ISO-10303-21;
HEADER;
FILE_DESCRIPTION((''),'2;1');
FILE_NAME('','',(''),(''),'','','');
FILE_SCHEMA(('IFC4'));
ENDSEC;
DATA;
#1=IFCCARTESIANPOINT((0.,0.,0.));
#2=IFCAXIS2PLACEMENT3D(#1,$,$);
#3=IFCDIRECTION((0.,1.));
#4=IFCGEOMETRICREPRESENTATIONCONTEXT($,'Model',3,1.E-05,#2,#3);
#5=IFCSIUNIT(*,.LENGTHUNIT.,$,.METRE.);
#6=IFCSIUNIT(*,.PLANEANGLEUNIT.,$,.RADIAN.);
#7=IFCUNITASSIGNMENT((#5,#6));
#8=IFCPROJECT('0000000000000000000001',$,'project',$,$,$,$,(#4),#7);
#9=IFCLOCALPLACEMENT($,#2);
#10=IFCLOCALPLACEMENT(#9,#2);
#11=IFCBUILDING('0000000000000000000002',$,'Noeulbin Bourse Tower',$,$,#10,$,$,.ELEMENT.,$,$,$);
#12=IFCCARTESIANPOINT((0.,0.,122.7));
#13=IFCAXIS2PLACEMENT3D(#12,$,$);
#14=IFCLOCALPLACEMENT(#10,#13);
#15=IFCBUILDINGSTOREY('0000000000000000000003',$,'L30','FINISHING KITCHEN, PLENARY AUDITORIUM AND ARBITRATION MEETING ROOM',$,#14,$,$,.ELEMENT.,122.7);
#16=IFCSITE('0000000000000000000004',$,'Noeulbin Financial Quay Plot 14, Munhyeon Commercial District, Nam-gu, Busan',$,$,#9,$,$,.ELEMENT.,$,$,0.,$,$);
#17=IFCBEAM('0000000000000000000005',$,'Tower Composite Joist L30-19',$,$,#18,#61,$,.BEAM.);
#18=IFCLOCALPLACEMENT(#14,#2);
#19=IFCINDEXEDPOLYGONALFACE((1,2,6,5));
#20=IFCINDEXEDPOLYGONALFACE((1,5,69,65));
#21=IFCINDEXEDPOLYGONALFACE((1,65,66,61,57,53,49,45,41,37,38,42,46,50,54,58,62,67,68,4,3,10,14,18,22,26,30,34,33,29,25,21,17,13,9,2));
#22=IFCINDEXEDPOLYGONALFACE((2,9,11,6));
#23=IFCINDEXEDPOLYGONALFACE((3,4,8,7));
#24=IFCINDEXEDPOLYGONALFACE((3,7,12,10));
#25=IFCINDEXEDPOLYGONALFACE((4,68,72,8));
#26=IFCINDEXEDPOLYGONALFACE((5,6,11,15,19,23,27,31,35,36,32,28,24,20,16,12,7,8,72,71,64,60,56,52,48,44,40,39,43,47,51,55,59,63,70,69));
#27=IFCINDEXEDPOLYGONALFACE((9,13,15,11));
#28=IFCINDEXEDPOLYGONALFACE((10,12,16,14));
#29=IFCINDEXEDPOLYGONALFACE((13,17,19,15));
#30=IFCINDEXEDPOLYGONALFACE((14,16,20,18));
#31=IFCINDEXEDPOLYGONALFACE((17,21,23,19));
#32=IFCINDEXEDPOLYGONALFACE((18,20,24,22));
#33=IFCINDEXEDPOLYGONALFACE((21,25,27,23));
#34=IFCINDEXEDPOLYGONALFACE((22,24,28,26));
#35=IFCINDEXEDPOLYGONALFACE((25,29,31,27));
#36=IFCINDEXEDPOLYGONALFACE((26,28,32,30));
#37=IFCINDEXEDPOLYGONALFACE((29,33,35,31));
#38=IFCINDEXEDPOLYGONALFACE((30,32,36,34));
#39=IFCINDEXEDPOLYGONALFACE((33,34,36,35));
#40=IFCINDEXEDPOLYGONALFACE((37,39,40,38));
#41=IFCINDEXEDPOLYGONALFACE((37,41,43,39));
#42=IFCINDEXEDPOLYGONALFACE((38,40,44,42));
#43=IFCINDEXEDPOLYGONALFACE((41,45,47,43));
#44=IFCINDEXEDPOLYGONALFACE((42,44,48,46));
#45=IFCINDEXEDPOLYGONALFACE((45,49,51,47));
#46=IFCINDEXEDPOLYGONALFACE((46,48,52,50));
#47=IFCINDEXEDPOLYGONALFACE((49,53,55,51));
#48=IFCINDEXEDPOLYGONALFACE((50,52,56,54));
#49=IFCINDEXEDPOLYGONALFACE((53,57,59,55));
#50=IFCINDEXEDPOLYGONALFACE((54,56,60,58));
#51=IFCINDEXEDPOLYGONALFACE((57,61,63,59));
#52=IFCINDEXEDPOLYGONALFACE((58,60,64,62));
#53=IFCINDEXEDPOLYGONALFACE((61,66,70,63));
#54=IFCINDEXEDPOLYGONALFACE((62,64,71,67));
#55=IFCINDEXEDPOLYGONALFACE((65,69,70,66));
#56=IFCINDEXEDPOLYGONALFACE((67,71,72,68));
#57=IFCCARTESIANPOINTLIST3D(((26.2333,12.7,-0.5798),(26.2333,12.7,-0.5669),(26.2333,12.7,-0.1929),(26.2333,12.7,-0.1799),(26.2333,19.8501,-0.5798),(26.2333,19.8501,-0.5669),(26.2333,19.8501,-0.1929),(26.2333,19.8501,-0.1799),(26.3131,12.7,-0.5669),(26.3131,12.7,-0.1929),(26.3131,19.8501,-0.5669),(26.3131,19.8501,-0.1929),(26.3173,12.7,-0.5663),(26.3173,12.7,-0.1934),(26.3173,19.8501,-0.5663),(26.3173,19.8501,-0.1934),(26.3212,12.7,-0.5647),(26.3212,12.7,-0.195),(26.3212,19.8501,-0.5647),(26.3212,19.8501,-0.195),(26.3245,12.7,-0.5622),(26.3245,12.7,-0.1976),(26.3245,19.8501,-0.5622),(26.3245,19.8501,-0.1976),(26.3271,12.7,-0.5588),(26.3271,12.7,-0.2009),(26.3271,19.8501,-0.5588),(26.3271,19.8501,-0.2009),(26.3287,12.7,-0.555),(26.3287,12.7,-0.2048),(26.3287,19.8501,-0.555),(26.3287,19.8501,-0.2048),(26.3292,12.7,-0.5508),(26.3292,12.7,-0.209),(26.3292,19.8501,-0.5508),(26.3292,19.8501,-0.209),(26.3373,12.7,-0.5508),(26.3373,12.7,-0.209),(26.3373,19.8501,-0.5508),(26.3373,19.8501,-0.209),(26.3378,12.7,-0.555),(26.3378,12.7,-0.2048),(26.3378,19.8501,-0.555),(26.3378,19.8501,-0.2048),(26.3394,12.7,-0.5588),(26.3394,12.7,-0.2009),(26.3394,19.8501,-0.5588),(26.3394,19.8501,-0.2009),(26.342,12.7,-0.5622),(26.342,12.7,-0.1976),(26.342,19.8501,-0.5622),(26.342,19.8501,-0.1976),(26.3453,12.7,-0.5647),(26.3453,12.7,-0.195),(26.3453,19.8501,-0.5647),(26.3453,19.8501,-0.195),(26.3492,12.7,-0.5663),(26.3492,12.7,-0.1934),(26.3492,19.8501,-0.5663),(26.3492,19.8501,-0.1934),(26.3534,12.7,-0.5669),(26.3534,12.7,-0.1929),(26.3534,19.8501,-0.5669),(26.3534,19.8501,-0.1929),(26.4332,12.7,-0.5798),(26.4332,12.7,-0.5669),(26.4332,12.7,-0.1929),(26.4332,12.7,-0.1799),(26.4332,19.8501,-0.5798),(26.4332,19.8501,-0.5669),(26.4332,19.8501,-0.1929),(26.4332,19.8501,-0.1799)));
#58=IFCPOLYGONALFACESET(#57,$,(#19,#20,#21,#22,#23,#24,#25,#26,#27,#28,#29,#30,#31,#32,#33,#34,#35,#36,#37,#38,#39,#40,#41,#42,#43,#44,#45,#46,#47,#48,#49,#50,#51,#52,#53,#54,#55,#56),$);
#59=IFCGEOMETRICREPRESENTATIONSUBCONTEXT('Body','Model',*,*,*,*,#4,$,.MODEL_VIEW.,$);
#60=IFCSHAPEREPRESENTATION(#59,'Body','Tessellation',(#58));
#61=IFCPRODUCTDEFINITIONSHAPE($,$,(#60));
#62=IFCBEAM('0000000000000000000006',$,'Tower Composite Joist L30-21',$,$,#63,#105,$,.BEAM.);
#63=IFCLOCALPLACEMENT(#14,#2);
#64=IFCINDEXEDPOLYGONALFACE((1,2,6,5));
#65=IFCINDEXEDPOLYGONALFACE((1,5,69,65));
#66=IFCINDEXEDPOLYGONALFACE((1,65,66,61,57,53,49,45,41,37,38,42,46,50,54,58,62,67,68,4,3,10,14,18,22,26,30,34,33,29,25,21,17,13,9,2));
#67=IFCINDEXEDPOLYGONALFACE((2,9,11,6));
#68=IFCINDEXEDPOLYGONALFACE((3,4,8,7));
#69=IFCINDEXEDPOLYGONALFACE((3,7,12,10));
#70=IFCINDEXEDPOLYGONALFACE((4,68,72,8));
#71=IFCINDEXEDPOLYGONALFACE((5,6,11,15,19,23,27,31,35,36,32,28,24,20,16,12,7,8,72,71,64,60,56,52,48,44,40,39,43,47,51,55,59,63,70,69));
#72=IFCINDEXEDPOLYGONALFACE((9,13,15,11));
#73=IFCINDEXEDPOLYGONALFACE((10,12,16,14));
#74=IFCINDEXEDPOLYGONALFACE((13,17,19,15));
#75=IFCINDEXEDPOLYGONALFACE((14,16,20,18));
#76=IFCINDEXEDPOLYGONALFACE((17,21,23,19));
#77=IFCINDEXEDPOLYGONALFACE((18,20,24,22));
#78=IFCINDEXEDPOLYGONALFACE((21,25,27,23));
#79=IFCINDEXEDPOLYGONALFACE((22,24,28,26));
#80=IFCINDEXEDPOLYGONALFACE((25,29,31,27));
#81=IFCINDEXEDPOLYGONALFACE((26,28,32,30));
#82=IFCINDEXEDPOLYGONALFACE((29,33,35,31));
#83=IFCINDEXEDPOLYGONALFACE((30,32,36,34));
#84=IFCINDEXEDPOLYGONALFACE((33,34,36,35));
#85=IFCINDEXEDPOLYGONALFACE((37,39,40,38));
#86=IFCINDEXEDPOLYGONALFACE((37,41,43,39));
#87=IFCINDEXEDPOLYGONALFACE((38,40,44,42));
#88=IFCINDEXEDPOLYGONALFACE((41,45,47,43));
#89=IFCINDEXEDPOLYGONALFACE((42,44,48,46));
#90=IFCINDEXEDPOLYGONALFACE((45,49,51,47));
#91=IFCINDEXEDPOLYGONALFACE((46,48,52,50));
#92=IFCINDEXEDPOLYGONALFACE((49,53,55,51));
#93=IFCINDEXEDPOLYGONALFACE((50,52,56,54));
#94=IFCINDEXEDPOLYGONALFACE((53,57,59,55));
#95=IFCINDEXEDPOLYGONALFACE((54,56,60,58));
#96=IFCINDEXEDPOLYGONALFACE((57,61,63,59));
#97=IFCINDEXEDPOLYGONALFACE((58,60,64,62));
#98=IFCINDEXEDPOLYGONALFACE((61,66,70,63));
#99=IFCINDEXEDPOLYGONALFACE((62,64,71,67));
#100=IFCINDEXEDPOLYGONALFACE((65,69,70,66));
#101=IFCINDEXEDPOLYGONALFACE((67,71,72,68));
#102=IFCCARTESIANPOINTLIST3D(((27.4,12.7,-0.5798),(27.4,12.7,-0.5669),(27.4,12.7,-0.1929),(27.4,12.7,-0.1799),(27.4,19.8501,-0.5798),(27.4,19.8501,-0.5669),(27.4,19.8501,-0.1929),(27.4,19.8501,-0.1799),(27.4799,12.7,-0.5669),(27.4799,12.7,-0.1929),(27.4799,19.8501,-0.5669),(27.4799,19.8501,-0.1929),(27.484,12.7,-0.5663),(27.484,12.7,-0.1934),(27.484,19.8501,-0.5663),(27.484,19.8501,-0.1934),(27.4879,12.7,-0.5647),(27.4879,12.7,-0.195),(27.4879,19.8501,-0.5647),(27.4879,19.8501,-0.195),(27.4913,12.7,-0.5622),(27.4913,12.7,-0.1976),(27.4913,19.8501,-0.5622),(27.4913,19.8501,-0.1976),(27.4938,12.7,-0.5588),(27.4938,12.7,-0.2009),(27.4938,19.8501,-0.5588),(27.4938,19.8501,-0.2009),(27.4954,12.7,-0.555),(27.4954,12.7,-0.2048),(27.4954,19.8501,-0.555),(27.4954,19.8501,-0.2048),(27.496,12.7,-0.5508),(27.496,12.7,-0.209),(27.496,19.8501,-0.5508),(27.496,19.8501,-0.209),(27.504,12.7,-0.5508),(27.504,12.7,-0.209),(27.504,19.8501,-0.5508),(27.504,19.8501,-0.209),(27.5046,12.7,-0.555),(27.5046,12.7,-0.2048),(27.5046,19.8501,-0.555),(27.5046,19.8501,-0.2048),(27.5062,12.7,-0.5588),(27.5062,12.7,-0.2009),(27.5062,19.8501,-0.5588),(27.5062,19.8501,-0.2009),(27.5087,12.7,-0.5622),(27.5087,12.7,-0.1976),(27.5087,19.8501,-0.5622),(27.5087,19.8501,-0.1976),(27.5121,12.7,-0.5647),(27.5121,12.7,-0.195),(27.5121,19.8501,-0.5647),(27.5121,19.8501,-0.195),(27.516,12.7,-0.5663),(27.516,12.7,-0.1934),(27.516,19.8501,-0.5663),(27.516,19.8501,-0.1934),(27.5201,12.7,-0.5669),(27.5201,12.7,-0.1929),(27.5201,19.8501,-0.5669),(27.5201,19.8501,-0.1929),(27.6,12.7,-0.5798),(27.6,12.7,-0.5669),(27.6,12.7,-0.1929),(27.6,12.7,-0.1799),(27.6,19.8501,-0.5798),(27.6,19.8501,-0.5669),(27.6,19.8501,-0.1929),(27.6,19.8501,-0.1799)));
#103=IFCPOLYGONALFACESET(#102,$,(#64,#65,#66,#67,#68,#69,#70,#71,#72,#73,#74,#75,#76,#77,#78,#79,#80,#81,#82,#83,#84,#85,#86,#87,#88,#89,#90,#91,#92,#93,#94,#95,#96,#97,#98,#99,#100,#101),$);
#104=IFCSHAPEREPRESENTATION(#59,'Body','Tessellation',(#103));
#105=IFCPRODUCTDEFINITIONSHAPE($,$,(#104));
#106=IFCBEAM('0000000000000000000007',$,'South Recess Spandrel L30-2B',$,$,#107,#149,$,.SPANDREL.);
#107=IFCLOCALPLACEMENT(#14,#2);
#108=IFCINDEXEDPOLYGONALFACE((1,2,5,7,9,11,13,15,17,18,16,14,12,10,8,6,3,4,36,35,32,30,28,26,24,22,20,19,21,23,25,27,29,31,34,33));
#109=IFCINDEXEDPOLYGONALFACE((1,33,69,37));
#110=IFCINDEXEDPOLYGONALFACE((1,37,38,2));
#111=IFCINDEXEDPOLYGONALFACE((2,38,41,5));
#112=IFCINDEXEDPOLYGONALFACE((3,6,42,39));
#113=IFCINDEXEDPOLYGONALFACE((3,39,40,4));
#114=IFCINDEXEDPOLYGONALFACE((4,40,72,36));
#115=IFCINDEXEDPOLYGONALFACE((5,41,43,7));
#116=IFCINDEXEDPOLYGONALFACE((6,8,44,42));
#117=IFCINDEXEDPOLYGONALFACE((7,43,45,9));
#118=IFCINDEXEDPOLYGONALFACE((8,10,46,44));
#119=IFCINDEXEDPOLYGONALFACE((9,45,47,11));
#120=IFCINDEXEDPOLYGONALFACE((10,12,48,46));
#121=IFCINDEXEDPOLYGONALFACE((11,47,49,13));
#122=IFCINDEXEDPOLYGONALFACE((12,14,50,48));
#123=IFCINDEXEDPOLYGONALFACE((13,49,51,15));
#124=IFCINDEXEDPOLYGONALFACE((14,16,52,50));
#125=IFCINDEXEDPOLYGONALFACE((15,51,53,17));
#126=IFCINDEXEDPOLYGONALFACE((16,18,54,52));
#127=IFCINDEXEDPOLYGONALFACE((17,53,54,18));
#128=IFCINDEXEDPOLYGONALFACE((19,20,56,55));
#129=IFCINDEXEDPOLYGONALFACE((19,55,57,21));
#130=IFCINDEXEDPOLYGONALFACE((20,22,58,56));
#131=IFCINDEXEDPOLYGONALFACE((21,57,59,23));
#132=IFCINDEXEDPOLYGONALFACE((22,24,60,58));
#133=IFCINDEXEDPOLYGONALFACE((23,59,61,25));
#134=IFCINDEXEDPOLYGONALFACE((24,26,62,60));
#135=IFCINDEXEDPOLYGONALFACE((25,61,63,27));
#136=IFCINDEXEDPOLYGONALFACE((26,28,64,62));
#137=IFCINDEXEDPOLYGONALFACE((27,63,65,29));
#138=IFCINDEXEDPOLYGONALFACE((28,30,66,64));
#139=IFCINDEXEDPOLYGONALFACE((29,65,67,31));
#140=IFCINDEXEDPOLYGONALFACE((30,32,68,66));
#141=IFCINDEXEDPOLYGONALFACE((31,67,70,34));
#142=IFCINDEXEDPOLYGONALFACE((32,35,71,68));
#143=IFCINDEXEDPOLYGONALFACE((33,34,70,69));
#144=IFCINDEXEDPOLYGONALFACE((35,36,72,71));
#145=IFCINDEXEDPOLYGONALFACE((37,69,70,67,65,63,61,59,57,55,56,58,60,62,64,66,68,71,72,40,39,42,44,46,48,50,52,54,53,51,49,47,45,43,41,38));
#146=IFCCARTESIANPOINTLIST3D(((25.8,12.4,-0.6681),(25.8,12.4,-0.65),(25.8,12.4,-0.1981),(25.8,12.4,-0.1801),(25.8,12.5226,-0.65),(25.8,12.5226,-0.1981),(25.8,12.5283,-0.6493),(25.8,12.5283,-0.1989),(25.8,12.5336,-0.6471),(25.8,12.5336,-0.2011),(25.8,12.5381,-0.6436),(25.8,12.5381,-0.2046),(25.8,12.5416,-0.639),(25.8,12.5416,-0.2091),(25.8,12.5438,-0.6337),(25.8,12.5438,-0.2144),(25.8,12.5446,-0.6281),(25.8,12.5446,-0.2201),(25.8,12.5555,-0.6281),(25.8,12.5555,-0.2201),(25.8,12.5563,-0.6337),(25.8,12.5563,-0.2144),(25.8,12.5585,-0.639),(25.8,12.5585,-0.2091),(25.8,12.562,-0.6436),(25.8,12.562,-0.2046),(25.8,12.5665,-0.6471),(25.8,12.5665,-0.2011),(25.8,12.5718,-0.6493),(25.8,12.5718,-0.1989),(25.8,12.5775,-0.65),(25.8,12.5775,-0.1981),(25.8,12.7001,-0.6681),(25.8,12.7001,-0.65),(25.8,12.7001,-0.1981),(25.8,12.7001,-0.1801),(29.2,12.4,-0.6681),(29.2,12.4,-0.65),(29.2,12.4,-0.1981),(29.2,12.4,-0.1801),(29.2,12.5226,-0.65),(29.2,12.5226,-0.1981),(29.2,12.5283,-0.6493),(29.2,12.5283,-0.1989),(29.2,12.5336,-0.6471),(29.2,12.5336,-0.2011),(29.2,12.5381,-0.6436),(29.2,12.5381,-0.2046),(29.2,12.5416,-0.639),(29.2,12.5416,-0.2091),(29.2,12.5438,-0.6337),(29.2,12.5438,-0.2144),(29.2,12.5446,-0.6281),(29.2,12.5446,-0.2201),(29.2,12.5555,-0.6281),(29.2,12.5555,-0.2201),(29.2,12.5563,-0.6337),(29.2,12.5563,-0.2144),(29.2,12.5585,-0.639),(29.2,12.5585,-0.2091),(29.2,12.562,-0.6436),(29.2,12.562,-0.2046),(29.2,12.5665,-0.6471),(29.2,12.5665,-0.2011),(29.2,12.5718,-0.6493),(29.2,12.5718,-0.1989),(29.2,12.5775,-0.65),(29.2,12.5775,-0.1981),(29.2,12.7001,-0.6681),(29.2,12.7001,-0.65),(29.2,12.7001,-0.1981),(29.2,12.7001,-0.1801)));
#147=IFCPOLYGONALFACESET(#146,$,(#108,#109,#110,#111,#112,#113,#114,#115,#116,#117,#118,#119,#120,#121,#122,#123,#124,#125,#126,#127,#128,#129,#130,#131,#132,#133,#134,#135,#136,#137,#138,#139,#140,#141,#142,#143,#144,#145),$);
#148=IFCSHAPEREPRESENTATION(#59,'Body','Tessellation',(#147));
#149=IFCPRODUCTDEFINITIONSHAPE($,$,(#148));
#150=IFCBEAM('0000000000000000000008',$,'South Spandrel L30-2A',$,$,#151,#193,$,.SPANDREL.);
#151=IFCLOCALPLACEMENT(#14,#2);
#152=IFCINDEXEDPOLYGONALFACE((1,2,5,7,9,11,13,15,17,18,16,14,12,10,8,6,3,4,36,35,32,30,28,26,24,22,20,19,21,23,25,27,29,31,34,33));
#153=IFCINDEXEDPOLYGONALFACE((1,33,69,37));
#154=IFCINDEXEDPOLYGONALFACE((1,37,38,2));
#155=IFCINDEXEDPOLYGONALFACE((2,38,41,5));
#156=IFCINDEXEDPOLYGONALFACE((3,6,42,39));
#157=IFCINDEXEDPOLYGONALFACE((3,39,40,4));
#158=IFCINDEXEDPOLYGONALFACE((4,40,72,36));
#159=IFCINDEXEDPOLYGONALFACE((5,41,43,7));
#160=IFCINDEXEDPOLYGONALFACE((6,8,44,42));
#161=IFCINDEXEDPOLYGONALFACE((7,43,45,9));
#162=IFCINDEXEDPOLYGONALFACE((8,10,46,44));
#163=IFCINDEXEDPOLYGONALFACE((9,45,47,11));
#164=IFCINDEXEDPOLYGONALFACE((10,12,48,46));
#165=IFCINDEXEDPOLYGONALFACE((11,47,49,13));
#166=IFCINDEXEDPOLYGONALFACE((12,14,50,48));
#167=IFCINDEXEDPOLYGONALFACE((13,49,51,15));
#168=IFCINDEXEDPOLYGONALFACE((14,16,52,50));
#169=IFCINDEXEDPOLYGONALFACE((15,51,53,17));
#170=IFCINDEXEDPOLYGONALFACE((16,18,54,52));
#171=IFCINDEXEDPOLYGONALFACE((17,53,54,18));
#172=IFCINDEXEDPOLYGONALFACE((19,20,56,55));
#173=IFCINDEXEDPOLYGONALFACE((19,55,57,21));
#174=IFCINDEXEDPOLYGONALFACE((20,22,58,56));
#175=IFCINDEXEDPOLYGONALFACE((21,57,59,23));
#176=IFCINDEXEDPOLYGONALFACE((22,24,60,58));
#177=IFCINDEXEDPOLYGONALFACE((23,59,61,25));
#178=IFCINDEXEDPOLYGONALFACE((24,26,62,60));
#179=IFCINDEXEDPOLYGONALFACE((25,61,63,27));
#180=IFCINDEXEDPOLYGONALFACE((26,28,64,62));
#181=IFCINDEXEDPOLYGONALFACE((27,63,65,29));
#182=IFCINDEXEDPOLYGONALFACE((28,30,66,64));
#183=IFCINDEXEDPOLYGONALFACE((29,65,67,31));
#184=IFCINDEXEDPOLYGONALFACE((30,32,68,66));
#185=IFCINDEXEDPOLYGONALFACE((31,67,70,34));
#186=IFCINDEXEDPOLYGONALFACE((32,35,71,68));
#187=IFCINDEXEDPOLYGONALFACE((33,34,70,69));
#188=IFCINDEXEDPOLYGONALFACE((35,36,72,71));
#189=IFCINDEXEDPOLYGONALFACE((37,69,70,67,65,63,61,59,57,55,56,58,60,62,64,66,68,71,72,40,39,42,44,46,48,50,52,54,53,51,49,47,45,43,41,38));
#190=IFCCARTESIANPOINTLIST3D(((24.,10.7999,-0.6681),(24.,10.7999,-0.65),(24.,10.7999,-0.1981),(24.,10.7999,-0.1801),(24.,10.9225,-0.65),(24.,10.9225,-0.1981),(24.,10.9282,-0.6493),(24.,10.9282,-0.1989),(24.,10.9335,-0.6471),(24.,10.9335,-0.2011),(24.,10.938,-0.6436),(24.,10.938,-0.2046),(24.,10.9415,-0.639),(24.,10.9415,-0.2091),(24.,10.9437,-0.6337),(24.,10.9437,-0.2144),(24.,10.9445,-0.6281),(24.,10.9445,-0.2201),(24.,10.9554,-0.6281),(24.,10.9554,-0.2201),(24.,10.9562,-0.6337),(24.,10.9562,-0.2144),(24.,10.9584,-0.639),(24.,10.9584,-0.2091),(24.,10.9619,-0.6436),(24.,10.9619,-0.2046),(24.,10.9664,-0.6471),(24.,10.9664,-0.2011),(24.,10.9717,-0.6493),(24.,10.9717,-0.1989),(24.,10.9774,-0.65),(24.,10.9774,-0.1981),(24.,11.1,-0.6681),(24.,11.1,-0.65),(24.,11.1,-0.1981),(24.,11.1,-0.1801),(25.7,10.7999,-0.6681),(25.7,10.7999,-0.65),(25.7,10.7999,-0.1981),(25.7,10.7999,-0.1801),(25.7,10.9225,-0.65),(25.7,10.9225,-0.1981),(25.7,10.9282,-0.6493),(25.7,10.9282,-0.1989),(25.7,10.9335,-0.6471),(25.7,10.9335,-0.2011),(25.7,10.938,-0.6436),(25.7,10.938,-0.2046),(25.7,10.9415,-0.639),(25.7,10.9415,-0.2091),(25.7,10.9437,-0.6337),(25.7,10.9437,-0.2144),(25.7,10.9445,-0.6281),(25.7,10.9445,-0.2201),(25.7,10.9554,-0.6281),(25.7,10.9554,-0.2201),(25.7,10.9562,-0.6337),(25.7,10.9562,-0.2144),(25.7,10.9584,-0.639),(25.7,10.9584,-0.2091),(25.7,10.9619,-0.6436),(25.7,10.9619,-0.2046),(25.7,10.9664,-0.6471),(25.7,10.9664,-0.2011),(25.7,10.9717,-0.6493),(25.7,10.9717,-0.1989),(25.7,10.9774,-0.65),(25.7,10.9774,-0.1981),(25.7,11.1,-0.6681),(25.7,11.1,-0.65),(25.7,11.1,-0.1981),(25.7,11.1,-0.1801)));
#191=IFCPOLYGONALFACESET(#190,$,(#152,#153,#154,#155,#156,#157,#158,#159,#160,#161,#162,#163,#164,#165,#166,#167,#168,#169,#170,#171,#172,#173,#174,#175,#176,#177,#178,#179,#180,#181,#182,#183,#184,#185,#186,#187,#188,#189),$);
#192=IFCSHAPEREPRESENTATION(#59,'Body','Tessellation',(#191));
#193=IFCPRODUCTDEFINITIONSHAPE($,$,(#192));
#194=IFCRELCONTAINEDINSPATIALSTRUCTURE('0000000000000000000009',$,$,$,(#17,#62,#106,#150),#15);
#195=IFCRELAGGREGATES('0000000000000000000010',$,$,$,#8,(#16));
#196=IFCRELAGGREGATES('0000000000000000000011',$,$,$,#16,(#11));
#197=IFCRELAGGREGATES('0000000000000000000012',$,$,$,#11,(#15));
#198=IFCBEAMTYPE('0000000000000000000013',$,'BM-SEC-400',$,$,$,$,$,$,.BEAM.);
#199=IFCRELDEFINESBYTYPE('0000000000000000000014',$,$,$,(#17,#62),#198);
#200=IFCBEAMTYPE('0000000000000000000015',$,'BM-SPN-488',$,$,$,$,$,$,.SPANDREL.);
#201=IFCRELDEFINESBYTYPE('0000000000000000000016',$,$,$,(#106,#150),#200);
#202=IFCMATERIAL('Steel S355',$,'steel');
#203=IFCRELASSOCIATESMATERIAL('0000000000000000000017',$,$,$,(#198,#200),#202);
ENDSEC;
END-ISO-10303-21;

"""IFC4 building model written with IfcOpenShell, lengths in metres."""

from ifc_helpers import new_model, si_unit, direction, frame, origin, origin_2d, place, context, subcontext, project, spatial, i_section, extrude, material, material_profile, profile_set, type_object, element, save


model = new_model("IFC4")

# Units and contexts
model_context = context("Model", 3, precision=1e-05, world=origin(), true_north=direction((0.0, 1.0)))
body_context = subcontext(model_context, "Body", "Model", "MODEL_VIEW")
ifc_project = project(units=[si_unit("LENGTHUNIT", "METRE"), si_unit("PLANEANGLEUNIT", "RADIAN")], contexts=[model_context])

# Site, building, storey
site_placement = place(None, origin())
site = spatial("IfcSite", under=ifc_project, at=site_placement, Name="Noeulbin Financial Quay Plot 14, Munhyeon Commercial District, Nam-gu, Busan", CompositionType="ELEMENT", RefElevation=0.0)
building_placement = place(site_placement, origin())
building = spatial("IfcBuilding", under=site, at=building_placement, Name="Noeulbin Bourse Tower", CompositionType="ELEMENT")
storey_placement = place(building_placement, frame((0.0, 0.0, 122.7)))
storey = spatial("IfcBuildingStorey", under=building, at=storey_placement, Name="L30", Description="FINISHING KITCHEN, PLENARY AUDITORIUM AND ARBITRATION MEETING ROOM", CompositionType="ELEMENT", Elevation=122.7)

# Shared definitions
ifc_material_1 = material(Name="Steel S355", Category="steel")

# Beams
ifc_material_profile_1 = material_profile(ifc_material_1, i_section(OverallWidth=0.2, OverallDepth=0.3999, WebThickness=0.0081, FlangeThickness=0.0129, FilletRadius=0.0161, at=origin_2d()), Name="H-400x200x8x13", Category="LoadBearing")
ifc_profile_set_1 = profile_set([ifc_material_profile_1], Name="Steel S355")
beam_type_1 = type_object("IfcBeamType", Name="BM-SEC-400", PredefinedType="BEAM", material=ifc_profile_set_1)
for number, where, z_axis, x_axis, name in (
    (1, (26.3333, 12.7, -0.3799), (0.0, 1.0, 0.0), (-1.0, 0.0, 0.0), "Tower Composite Joist L30-19"),
    (2, (27.5, 12.7, -0.3799), (0.0, 1.0, 0.0), (-1.0, 0.0, 0.0), "Tower Composite Joist L30-21"),
):
    element("IfcBeam", number, at=place(storey_placement, frame(where, z_axis=z_axis, x_axis=x_axis)), inside=storey, type_object=beam_type_1, Name=name, PredefinedType="BEAM", context=body_context, shape_type="SweptSolid", body=[
        extrude(i_section(OverallWidth=0.2, OverallDepth=0.3999, WebThickness=0.0081, FlangeThickness=0.0129, FilletRadius=0.0161, at=origin_2d()), origin(), (0.0, 0.0, 1.0), 7.1501),
    ])
ifc_material_profile_2 = material_profile(ifc_material_1, i_section(OverallWidth=0.3, OverallDepth=0.488, WebThickness=0.011, FlangeThickness=0.0181, FilletRadius=0.022, at=origin_2d()), Name="H-488x300x11x18", Category="LoadBearing")
ifc_profile_set_2 = profile_set([ifc_material_profile_2], Name="Steel S355")
beam_type_2 = type_object("IfcBeamType", Name="BM-SPN-488", PredefinedType="SPANDREL", material=ifc_profile_set_2)
beam_1_placement = place(storey_placement, frame((25.8, 12.55, -0.4241), z_axis=(1.0, 0.0, 0.0), x_axis=(0.0, 1.0, 0.0)))
element("IfcBeam", 3, at=beam_1_placement, inside=storey, type_object=beam_type_2, Name="South Recess Spandrel L30-2B", PredefinedType="SPANDREL", context=body_context, shape_type="SweptSolid", body=[
    extrude(i_section(OverallWidth=0.3, OverallDepth=0.488, WebThickness=0.011, FlangeThickness=0.0181, FilletRadius=0.022, at=origin_2d()), origin(), (0.0, 0.0, 1.0), 3.3999),
])
beam_2_placement = place(storey_placement, frame((24.0, 10.95, -0.4241), z_axis=(1.0, 0.0, 0.0), x_axis=(0.0, 1.0, 0.0)))
element("IfcBeam", 4, at=beam_2_placement, inside=storey, type_object=beam_type_2, Name="South Spandrel L30-2A", PredefinedType="SPANDREL", context=body_context, shape_type="SweptSolid", body=[
    extrude(i_section(OverallWidth=0.3, OverallDepth=0.488, WebThickness=0.011, FlangeThickness=0.0181, FilletRadius=0.022, at=origin_2d()), origin(), (0.0, 0.0, 1.0), 1.7),
])

save(model, "model.ifc")
